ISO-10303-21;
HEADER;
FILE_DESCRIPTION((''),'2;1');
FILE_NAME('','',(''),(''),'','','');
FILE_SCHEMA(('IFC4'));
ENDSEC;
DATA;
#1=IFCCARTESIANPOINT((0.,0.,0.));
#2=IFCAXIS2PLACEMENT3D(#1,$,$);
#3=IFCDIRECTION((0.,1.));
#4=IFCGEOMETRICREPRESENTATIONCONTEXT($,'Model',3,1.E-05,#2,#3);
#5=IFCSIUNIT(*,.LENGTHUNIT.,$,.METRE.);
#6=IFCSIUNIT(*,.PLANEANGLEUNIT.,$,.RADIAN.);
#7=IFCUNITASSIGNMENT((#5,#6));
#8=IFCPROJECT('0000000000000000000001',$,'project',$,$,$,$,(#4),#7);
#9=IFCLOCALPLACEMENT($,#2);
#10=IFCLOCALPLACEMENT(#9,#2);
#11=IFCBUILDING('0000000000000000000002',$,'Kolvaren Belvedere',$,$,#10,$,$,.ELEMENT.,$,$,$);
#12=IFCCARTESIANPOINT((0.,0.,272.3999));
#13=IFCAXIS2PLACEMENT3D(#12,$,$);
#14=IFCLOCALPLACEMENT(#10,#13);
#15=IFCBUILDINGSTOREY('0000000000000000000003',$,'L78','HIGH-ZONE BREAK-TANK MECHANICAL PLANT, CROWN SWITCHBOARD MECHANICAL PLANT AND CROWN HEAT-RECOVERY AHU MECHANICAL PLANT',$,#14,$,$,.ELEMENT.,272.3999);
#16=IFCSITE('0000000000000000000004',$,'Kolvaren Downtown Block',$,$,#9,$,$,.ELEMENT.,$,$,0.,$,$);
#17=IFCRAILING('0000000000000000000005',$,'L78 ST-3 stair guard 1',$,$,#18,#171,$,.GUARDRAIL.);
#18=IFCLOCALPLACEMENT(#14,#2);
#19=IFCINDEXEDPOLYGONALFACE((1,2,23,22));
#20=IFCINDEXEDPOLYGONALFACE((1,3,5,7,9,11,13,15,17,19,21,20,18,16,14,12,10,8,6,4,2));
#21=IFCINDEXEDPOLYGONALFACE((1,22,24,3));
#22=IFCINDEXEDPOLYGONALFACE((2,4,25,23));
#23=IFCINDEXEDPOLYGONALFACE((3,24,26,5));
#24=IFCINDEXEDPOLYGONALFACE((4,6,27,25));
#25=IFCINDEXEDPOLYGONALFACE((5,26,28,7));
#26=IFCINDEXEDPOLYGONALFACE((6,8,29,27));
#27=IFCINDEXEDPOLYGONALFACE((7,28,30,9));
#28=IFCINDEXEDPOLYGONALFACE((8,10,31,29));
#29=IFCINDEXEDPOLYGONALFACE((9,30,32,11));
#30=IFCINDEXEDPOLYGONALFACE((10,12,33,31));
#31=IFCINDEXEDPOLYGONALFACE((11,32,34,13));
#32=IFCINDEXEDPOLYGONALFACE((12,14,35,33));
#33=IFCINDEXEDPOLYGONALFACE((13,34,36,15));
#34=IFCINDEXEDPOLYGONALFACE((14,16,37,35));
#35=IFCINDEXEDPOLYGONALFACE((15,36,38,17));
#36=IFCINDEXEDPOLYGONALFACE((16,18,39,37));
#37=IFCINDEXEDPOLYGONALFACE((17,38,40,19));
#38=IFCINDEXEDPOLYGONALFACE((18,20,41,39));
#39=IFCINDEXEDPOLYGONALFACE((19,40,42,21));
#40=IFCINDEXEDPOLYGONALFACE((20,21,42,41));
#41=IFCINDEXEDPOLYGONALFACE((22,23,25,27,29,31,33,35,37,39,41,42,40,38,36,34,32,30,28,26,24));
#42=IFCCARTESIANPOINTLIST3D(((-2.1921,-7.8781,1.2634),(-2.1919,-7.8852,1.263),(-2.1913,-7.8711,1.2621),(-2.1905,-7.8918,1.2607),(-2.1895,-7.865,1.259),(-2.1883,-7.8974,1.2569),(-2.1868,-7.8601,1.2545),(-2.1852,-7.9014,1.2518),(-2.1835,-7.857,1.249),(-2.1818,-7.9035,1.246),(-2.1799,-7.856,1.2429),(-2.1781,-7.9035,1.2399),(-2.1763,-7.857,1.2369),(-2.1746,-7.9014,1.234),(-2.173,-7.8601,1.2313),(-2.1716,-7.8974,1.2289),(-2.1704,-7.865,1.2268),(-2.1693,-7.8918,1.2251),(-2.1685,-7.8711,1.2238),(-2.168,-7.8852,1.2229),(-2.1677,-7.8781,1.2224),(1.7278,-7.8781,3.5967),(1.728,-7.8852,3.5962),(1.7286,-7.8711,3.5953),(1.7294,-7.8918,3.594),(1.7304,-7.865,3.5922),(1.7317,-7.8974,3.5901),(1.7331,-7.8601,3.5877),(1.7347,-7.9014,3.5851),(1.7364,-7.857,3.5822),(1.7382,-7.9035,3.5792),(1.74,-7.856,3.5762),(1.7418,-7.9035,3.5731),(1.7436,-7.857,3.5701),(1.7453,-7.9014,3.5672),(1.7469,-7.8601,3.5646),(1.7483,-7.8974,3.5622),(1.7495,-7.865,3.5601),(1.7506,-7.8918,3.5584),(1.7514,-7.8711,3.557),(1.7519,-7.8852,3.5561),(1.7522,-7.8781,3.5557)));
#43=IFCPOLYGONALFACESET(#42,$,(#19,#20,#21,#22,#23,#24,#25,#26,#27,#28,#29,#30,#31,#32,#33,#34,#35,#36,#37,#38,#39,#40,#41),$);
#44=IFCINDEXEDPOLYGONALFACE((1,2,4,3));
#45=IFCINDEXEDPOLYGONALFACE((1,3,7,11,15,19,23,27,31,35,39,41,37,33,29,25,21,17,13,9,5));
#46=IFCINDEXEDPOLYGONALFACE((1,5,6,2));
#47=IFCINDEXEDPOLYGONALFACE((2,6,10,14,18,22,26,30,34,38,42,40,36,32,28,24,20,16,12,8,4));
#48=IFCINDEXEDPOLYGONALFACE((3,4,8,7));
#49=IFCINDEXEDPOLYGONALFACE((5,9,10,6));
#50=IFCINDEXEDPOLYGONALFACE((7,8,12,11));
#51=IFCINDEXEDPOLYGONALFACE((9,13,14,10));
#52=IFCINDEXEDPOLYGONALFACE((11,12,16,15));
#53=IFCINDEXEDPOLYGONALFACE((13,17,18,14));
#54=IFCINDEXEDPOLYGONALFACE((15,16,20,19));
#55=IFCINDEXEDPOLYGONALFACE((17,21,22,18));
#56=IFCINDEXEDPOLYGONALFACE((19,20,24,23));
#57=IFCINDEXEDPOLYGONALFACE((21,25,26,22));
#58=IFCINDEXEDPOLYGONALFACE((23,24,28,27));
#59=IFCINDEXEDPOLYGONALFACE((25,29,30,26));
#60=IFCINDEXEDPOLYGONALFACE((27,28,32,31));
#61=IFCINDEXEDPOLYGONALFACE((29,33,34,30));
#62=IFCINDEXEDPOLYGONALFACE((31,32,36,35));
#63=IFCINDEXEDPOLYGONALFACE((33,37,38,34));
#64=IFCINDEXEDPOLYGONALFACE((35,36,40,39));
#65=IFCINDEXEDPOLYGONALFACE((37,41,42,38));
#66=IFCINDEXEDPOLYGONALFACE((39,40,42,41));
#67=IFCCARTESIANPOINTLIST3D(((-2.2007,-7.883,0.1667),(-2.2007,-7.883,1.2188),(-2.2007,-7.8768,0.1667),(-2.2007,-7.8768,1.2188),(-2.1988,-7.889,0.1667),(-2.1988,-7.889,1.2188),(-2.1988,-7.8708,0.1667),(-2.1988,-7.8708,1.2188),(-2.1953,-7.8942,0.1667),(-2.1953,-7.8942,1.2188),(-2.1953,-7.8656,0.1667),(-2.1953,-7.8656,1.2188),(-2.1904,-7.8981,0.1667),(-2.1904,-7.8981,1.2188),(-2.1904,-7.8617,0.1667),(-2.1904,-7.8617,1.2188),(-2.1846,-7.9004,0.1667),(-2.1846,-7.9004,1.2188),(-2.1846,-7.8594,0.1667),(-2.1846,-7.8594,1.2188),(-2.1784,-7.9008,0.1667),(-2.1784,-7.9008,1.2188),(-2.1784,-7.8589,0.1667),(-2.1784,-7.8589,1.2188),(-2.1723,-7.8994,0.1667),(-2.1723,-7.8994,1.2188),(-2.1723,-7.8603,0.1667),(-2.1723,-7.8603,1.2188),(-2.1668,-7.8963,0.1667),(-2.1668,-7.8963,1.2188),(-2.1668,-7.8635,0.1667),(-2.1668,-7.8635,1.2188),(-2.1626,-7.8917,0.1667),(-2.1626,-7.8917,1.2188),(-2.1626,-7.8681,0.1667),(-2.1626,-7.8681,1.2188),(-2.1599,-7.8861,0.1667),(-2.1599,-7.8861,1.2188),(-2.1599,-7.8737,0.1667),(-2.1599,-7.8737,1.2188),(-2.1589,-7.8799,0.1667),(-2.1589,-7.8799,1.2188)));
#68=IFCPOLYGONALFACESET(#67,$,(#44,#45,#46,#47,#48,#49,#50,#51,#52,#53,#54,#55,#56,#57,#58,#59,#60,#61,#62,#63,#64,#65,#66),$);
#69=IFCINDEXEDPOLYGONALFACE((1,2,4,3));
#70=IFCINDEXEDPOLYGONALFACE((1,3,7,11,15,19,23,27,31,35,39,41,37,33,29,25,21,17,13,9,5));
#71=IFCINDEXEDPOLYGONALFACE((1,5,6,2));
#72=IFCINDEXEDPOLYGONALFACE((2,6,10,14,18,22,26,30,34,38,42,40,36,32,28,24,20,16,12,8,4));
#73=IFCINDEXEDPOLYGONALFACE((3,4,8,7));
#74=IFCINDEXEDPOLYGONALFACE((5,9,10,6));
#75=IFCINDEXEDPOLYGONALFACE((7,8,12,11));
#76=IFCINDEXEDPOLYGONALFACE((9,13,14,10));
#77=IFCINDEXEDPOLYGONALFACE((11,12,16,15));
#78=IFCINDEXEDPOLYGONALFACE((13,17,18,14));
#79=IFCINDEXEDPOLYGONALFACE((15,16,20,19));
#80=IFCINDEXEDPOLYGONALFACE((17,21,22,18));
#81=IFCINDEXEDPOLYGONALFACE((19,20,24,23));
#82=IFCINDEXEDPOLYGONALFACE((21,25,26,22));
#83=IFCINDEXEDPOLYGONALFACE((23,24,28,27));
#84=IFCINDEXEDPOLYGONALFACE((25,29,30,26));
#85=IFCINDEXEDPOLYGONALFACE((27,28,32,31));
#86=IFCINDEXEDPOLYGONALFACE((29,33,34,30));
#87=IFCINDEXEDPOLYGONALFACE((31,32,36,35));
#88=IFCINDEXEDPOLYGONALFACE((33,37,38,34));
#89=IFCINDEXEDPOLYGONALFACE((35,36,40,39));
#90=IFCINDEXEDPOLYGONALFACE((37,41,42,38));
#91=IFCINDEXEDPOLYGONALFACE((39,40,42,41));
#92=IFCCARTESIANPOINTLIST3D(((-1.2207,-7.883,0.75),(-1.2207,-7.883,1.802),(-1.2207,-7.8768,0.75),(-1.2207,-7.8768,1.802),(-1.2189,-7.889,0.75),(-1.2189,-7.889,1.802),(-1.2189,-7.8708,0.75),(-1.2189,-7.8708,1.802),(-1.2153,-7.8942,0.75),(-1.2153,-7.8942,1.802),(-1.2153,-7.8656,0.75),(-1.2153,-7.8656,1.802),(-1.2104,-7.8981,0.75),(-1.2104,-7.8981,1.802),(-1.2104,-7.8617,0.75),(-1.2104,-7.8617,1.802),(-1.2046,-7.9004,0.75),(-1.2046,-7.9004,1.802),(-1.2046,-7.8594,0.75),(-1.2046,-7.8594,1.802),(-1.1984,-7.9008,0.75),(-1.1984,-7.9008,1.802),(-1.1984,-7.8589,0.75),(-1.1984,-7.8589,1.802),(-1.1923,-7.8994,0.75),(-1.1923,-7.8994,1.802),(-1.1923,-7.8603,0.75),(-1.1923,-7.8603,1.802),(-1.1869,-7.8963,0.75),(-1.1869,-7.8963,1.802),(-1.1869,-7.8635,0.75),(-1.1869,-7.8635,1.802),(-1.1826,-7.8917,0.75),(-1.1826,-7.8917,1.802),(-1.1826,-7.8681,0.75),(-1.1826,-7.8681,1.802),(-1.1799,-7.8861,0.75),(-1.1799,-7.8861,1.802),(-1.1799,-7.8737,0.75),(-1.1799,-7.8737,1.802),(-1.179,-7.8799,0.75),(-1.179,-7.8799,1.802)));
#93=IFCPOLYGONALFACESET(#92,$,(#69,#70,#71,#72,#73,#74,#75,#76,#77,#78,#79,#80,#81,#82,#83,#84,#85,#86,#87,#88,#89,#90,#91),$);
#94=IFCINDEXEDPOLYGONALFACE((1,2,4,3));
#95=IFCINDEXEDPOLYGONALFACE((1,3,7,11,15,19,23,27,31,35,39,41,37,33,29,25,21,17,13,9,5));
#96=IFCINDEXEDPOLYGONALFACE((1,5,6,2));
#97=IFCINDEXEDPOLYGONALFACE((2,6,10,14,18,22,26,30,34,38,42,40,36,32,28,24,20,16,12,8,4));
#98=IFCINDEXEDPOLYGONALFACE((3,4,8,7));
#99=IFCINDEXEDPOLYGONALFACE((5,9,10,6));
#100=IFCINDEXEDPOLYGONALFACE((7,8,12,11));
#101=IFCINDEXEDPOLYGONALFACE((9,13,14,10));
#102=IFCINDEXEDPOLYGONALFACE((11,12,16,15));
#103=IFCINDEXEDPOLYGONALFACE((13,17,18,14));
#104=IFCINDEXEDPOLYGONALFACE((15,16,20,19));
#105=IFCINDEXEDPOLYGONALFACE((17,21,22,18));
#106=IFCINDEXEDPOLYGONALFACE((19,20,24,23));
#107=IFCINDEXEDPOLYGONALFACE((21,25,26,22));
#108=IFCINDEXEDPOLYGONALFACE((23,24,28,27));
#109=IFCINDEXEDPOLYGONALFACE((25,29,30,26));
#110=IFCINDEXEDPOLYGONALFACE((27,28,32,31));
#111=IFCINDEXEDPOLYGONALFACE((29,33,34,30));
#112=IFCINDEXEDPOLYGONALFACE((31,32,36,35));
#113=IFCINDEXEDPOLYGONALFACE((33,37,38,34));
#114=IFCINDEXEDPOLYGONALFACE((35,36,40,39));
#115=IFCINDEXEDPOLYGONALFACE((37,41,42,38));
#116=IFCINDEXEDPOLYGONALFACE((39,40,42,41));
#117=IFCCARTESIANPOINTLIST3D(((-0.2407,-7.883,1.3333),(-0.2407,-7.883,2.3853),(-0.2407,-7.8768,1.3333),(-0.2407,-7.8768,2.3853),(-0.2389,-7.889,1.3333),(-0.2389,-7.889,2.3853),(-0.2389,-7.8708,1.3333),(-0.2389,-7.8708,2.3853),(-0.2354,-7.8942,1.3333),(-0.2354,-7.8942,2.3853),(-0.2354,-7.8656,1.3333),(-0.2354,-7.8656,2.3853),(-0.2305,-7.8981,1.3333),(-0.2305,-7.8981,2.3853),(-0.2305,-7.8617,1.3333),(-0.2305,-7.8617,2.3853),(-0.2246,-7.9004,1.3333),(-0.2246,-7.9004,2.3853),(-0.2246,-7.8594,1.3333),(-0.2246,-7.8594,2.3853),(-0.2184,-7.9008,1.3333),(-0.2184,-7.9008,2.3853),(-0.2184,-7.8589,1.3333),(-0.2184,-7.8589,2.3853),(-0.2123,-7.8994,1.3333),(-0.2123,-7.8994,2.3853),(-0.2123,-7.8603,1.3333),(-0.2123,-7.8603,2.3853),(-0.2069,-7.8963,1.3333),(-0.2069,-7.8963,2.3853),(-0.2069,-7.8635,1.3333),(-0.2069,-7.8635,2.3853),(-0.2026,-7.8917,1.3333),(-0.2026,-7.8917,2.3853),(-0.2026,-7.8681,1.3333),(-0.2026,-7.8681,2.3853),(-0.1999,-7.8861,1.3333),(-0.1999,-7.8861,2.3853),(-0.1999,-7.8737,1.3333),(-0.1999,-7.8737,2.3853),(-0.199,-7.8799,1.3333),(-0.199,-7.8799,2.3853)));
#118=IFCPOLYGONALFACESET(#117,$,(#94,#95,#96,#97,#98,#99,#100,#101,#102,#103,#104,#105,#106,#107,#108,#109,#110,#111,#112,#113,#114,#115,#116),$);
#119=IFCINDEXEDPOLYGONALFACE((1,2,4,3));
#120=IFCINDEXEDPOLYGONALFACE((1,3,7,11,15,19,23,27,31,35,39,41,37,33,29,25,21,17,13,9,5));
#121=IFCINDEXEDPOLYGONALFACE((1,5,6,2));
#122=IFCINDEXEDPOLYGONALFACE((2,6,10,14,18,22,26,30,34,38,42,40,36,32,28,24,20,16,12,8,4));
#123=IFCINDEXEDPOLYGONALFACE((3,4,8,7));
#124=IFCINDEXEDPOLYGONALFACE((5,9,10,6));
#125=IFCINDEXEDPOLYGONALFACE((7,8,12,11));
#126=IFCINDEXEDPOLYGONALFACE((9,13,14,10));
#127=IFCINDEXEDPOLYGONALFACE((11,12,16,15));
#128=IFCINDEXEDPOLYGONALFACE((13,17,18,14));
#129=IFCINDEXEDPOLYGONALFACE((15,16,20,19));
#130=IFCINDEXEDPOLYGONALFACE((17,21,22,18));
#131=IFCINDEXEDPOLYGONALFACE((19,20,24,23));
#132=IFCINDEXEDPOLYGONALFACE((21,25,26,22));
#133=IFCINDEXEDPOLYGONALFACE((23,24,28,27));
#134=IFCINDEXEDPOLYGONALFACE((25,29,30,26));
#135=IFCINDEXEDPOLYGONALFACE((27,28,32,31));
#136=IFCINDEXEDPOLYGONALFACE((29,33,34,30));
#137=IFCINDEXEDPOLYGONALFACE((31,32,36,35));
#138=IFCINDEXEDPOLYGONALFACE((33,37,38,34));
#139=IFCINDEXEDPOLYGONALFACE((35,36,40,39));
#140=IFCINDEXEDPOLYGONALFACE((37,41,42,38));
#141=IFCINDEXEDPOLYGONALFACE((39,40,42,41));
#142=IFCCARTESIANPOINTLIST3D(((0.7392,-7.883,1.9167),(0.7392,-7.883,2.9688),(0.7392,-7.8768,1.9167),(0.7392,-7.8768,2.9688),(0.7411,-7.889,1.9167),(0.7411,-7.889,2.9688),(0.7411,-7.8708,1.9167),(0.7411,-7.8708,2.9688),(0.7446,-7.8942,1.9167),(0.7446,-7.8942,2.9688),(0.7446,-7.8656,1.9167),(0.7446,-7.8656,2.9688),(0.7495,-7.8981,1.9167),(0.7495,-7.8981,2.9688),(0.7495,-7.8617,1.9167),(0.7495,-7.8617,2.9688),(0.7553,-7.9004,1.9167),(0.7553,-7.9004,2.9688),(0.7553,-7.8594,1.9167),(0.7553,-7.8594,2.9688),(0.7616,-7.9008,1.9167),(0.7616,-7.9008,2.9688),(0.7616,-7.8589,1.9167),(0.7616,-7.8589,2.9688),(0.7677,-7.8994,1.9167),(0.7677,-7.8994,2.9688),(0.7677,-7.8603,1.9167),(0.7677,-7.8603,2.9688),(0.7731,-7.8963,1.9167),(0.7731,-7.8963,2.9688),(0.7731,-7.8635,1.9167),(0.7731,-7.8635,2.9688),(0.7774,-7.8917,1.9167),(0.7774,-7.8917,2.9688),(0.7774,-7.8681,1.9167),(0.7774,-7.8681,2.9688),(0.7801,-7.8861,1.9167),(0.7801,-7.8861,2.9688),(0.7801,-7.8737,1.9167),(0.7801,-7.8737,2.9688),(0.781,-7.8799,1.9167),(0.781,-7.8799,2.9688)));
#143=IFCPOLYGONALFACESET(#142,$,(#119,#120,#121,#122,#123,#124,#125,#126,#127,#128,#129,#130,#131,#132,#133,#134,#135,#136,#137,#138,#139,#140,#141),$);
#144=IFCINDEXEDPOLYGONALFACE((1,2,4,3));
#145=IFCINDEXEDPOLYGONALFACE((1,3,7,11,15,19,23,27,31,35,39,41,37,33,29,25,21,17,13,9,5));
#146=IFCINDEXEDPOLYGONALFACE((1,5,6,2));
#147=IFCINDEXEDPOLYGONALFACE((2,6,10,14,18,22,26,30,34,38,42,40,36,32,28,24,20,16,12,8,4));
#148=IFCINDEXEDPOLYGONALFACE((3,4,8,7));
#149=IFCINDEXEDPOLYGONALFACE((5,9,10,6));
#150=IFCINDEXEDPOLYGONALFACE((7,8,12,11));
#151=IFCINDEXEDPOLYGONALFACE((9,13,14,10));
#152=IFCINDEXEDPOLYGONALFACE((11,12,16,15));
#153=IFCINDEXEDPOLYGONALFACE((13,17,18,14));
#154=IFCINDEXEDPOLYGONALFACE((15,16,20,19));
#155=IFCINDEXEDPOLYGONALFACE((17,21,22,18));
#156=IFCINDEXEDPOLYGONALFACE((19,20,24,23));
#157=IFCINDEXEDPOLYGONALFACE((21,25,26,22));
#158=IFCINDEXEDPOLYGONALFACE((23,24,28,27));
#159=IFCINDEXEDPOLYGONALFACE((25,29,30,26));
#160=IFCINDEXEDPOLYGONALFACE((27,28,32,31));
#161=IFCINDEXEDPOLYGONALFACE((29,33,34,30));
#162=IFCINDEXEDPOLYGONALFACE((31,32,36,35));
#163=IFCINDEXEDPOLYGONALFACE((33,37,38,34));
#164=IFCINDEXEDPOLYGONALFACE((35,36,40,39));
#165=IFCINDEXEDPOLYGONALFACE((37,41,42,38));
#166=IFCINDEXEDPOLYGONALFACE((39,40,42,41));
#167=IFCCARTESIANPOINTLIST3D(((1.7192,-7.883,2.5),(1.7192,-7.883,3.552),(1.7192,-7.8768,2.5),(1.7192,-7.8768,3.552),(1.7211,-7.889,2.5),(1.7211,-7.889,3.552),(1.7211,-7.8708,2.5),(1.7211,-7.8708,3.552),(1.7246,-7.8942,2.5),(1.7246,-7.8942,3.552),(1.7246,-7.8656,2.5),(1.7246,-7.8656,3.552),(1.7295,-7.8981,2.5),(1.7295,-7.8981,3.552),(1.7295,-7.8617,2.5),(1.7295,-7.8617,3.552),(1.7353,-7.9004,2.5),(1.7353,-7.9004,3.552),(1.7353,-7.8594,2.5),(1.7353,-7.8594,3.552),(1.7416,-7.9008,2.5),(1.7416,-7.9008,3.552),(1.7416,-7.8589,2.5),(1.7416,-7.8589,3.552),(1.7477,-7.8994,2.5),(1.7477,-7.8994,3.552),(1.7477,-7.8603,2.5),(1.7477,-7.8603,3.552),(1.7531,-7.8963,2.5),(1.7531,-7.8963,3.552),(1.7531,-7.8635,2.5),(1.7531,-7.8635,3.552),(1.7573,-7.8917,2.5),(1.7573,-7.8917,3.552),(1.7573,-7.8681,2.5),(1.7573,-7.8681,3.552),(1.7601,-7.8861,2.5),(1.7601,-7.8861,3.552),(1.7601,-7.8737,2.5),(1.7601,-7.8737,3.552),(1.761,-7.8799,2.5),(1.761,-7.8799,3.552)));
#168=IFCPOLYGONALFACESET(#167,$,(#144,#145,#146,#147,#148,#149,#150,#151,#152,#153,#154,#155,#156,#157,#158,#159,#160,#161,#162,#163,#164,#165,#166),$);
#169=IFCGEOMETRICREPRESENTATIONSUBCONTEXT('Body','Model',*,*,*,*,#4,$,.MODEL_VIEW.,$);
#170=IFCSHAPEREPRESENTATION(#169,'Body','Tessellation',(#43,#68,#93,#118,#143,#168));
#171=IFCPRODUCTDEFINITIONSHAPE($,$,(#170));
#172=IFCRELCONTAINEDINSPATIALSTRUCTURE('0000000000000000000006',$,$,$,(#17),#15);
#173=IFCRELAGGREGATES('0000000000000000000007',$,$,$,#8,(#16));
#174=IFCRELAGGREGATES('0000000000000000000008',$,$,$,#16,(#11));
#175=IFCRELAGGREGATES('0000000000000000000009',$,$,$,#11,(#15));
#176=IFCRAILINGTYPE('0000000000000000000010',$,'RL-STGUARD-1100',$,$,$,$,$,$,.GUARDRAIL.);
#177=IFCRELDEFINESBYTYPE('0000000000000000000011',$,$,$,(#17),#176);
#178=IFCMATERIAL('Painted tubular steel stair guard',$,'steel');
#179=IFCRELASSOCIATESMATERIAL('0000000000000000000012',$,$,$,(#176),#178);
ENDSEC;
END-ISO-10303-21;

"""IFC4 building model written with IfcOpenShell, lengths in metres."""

from ifc_helpers import new_model, si_unit, direction, frame, origin, origin_2d, place, context, subcontext, project, spatial, circle, extrude, material, type_object, element, save


model = new_model("IFC4")

# Units and contexts
model_context = context("Model", 3, precision=1e-05, world=origin(), true_north=direction((0.0, 1.0)))
body_context = subcontext(model_context, "Body", "Model", "MODEL_VIEW")
ifc_project = project(units=[si_unit("LENGTHUNIT", "METRE"), si_unit("PLANEANGLEUNIT", "RADIAN")], contexts=[model_context])

# Site, building, storey
site_placement = place(None, origin())
site = spatial("IfcSite", under=ifc_project, at=site_placement, Name="Kolvaren Downtown Block", CompositionType="ELEMENT", RefElevation=0.0)
building_placement = place(site_placement, origin())
building = spatial("IfcBuilding", under=site, at=building_placement, Name="Kolvaren Belvedere", CompositionType="ELEMENT")
storey_placement = place(building_placement, frame((0.0, 0.0, 272.3999)))
storey = spatial("IfcBuildingStorey", under=building, at=storey_placement, Name="L78", Description="HIGH-ZONE BREAK-TANK MECHANICAL PLANT, CROWN SWITCHBOARD MECHANICAL PLANT AND CROWN HEAT-RECOVERY AHU MECHANICAL PLANT", CompositionType="ELEMENT", Elevation=272.3999)

# Railing
ifc_material_1 = material(Name="Painted tubular steel stair guard", Category="steel")
railing_type_1 = type_object("IfcRailingType", Name="RL-STGUARD-1100", PredefinedType="GUARDRAIL", material=ifc_material_1)
railing_1_placement = place(storey_placement, frame((-2.1799, -7.8799, 0.1667)))
element("IfcRailing", 1, at=railing_1_placement, inside=storey, type_object=railing_type_1, Name="L78 ST-3 stair guard 1", PredefinedType="GUARDRAIL", context=body_context, shape_type="SweptSolid", body=[
    extrude(circle(Radius=0.0239, at=origin_2d()), frame((0.0, 0.0, 1.0762), z_axis=(0.859296, 0.0, 0.511478), x_axis=(0.0, 1.0, 0.0)), (0.0, 0.0, 1.0), 4.5618),
    extrude(circle(Radius=0.021, at=origin_2d()), origin(), (0.0, 0.0, 1.0), 1.052),
    extrude(circle(Radius=0.021, at=origin_2d()), frame((0.98, 0.0, 0.5833)), (0.0, 0.0, 1.0), 1.052),
    extrude(circle(Radius=0.021, at=origin_2d()), frame((1.96, 0.0, 1.1665)), (0.0, 0.0, 1.0), 1.052),
    extrude(circle(Radius=0.021, at=origin_2d()), frame((2.9399, 0.0, 1.75)), (0.0, 0.0, 1.0), 1.052),
    extrude(circle(Radius=0.021, at=origin_2d()), frame((3.9199, 0.0, 2.3333)), (0.0, 0.0, 1.0), 1.052),
])

save(model, "model.ifc")
